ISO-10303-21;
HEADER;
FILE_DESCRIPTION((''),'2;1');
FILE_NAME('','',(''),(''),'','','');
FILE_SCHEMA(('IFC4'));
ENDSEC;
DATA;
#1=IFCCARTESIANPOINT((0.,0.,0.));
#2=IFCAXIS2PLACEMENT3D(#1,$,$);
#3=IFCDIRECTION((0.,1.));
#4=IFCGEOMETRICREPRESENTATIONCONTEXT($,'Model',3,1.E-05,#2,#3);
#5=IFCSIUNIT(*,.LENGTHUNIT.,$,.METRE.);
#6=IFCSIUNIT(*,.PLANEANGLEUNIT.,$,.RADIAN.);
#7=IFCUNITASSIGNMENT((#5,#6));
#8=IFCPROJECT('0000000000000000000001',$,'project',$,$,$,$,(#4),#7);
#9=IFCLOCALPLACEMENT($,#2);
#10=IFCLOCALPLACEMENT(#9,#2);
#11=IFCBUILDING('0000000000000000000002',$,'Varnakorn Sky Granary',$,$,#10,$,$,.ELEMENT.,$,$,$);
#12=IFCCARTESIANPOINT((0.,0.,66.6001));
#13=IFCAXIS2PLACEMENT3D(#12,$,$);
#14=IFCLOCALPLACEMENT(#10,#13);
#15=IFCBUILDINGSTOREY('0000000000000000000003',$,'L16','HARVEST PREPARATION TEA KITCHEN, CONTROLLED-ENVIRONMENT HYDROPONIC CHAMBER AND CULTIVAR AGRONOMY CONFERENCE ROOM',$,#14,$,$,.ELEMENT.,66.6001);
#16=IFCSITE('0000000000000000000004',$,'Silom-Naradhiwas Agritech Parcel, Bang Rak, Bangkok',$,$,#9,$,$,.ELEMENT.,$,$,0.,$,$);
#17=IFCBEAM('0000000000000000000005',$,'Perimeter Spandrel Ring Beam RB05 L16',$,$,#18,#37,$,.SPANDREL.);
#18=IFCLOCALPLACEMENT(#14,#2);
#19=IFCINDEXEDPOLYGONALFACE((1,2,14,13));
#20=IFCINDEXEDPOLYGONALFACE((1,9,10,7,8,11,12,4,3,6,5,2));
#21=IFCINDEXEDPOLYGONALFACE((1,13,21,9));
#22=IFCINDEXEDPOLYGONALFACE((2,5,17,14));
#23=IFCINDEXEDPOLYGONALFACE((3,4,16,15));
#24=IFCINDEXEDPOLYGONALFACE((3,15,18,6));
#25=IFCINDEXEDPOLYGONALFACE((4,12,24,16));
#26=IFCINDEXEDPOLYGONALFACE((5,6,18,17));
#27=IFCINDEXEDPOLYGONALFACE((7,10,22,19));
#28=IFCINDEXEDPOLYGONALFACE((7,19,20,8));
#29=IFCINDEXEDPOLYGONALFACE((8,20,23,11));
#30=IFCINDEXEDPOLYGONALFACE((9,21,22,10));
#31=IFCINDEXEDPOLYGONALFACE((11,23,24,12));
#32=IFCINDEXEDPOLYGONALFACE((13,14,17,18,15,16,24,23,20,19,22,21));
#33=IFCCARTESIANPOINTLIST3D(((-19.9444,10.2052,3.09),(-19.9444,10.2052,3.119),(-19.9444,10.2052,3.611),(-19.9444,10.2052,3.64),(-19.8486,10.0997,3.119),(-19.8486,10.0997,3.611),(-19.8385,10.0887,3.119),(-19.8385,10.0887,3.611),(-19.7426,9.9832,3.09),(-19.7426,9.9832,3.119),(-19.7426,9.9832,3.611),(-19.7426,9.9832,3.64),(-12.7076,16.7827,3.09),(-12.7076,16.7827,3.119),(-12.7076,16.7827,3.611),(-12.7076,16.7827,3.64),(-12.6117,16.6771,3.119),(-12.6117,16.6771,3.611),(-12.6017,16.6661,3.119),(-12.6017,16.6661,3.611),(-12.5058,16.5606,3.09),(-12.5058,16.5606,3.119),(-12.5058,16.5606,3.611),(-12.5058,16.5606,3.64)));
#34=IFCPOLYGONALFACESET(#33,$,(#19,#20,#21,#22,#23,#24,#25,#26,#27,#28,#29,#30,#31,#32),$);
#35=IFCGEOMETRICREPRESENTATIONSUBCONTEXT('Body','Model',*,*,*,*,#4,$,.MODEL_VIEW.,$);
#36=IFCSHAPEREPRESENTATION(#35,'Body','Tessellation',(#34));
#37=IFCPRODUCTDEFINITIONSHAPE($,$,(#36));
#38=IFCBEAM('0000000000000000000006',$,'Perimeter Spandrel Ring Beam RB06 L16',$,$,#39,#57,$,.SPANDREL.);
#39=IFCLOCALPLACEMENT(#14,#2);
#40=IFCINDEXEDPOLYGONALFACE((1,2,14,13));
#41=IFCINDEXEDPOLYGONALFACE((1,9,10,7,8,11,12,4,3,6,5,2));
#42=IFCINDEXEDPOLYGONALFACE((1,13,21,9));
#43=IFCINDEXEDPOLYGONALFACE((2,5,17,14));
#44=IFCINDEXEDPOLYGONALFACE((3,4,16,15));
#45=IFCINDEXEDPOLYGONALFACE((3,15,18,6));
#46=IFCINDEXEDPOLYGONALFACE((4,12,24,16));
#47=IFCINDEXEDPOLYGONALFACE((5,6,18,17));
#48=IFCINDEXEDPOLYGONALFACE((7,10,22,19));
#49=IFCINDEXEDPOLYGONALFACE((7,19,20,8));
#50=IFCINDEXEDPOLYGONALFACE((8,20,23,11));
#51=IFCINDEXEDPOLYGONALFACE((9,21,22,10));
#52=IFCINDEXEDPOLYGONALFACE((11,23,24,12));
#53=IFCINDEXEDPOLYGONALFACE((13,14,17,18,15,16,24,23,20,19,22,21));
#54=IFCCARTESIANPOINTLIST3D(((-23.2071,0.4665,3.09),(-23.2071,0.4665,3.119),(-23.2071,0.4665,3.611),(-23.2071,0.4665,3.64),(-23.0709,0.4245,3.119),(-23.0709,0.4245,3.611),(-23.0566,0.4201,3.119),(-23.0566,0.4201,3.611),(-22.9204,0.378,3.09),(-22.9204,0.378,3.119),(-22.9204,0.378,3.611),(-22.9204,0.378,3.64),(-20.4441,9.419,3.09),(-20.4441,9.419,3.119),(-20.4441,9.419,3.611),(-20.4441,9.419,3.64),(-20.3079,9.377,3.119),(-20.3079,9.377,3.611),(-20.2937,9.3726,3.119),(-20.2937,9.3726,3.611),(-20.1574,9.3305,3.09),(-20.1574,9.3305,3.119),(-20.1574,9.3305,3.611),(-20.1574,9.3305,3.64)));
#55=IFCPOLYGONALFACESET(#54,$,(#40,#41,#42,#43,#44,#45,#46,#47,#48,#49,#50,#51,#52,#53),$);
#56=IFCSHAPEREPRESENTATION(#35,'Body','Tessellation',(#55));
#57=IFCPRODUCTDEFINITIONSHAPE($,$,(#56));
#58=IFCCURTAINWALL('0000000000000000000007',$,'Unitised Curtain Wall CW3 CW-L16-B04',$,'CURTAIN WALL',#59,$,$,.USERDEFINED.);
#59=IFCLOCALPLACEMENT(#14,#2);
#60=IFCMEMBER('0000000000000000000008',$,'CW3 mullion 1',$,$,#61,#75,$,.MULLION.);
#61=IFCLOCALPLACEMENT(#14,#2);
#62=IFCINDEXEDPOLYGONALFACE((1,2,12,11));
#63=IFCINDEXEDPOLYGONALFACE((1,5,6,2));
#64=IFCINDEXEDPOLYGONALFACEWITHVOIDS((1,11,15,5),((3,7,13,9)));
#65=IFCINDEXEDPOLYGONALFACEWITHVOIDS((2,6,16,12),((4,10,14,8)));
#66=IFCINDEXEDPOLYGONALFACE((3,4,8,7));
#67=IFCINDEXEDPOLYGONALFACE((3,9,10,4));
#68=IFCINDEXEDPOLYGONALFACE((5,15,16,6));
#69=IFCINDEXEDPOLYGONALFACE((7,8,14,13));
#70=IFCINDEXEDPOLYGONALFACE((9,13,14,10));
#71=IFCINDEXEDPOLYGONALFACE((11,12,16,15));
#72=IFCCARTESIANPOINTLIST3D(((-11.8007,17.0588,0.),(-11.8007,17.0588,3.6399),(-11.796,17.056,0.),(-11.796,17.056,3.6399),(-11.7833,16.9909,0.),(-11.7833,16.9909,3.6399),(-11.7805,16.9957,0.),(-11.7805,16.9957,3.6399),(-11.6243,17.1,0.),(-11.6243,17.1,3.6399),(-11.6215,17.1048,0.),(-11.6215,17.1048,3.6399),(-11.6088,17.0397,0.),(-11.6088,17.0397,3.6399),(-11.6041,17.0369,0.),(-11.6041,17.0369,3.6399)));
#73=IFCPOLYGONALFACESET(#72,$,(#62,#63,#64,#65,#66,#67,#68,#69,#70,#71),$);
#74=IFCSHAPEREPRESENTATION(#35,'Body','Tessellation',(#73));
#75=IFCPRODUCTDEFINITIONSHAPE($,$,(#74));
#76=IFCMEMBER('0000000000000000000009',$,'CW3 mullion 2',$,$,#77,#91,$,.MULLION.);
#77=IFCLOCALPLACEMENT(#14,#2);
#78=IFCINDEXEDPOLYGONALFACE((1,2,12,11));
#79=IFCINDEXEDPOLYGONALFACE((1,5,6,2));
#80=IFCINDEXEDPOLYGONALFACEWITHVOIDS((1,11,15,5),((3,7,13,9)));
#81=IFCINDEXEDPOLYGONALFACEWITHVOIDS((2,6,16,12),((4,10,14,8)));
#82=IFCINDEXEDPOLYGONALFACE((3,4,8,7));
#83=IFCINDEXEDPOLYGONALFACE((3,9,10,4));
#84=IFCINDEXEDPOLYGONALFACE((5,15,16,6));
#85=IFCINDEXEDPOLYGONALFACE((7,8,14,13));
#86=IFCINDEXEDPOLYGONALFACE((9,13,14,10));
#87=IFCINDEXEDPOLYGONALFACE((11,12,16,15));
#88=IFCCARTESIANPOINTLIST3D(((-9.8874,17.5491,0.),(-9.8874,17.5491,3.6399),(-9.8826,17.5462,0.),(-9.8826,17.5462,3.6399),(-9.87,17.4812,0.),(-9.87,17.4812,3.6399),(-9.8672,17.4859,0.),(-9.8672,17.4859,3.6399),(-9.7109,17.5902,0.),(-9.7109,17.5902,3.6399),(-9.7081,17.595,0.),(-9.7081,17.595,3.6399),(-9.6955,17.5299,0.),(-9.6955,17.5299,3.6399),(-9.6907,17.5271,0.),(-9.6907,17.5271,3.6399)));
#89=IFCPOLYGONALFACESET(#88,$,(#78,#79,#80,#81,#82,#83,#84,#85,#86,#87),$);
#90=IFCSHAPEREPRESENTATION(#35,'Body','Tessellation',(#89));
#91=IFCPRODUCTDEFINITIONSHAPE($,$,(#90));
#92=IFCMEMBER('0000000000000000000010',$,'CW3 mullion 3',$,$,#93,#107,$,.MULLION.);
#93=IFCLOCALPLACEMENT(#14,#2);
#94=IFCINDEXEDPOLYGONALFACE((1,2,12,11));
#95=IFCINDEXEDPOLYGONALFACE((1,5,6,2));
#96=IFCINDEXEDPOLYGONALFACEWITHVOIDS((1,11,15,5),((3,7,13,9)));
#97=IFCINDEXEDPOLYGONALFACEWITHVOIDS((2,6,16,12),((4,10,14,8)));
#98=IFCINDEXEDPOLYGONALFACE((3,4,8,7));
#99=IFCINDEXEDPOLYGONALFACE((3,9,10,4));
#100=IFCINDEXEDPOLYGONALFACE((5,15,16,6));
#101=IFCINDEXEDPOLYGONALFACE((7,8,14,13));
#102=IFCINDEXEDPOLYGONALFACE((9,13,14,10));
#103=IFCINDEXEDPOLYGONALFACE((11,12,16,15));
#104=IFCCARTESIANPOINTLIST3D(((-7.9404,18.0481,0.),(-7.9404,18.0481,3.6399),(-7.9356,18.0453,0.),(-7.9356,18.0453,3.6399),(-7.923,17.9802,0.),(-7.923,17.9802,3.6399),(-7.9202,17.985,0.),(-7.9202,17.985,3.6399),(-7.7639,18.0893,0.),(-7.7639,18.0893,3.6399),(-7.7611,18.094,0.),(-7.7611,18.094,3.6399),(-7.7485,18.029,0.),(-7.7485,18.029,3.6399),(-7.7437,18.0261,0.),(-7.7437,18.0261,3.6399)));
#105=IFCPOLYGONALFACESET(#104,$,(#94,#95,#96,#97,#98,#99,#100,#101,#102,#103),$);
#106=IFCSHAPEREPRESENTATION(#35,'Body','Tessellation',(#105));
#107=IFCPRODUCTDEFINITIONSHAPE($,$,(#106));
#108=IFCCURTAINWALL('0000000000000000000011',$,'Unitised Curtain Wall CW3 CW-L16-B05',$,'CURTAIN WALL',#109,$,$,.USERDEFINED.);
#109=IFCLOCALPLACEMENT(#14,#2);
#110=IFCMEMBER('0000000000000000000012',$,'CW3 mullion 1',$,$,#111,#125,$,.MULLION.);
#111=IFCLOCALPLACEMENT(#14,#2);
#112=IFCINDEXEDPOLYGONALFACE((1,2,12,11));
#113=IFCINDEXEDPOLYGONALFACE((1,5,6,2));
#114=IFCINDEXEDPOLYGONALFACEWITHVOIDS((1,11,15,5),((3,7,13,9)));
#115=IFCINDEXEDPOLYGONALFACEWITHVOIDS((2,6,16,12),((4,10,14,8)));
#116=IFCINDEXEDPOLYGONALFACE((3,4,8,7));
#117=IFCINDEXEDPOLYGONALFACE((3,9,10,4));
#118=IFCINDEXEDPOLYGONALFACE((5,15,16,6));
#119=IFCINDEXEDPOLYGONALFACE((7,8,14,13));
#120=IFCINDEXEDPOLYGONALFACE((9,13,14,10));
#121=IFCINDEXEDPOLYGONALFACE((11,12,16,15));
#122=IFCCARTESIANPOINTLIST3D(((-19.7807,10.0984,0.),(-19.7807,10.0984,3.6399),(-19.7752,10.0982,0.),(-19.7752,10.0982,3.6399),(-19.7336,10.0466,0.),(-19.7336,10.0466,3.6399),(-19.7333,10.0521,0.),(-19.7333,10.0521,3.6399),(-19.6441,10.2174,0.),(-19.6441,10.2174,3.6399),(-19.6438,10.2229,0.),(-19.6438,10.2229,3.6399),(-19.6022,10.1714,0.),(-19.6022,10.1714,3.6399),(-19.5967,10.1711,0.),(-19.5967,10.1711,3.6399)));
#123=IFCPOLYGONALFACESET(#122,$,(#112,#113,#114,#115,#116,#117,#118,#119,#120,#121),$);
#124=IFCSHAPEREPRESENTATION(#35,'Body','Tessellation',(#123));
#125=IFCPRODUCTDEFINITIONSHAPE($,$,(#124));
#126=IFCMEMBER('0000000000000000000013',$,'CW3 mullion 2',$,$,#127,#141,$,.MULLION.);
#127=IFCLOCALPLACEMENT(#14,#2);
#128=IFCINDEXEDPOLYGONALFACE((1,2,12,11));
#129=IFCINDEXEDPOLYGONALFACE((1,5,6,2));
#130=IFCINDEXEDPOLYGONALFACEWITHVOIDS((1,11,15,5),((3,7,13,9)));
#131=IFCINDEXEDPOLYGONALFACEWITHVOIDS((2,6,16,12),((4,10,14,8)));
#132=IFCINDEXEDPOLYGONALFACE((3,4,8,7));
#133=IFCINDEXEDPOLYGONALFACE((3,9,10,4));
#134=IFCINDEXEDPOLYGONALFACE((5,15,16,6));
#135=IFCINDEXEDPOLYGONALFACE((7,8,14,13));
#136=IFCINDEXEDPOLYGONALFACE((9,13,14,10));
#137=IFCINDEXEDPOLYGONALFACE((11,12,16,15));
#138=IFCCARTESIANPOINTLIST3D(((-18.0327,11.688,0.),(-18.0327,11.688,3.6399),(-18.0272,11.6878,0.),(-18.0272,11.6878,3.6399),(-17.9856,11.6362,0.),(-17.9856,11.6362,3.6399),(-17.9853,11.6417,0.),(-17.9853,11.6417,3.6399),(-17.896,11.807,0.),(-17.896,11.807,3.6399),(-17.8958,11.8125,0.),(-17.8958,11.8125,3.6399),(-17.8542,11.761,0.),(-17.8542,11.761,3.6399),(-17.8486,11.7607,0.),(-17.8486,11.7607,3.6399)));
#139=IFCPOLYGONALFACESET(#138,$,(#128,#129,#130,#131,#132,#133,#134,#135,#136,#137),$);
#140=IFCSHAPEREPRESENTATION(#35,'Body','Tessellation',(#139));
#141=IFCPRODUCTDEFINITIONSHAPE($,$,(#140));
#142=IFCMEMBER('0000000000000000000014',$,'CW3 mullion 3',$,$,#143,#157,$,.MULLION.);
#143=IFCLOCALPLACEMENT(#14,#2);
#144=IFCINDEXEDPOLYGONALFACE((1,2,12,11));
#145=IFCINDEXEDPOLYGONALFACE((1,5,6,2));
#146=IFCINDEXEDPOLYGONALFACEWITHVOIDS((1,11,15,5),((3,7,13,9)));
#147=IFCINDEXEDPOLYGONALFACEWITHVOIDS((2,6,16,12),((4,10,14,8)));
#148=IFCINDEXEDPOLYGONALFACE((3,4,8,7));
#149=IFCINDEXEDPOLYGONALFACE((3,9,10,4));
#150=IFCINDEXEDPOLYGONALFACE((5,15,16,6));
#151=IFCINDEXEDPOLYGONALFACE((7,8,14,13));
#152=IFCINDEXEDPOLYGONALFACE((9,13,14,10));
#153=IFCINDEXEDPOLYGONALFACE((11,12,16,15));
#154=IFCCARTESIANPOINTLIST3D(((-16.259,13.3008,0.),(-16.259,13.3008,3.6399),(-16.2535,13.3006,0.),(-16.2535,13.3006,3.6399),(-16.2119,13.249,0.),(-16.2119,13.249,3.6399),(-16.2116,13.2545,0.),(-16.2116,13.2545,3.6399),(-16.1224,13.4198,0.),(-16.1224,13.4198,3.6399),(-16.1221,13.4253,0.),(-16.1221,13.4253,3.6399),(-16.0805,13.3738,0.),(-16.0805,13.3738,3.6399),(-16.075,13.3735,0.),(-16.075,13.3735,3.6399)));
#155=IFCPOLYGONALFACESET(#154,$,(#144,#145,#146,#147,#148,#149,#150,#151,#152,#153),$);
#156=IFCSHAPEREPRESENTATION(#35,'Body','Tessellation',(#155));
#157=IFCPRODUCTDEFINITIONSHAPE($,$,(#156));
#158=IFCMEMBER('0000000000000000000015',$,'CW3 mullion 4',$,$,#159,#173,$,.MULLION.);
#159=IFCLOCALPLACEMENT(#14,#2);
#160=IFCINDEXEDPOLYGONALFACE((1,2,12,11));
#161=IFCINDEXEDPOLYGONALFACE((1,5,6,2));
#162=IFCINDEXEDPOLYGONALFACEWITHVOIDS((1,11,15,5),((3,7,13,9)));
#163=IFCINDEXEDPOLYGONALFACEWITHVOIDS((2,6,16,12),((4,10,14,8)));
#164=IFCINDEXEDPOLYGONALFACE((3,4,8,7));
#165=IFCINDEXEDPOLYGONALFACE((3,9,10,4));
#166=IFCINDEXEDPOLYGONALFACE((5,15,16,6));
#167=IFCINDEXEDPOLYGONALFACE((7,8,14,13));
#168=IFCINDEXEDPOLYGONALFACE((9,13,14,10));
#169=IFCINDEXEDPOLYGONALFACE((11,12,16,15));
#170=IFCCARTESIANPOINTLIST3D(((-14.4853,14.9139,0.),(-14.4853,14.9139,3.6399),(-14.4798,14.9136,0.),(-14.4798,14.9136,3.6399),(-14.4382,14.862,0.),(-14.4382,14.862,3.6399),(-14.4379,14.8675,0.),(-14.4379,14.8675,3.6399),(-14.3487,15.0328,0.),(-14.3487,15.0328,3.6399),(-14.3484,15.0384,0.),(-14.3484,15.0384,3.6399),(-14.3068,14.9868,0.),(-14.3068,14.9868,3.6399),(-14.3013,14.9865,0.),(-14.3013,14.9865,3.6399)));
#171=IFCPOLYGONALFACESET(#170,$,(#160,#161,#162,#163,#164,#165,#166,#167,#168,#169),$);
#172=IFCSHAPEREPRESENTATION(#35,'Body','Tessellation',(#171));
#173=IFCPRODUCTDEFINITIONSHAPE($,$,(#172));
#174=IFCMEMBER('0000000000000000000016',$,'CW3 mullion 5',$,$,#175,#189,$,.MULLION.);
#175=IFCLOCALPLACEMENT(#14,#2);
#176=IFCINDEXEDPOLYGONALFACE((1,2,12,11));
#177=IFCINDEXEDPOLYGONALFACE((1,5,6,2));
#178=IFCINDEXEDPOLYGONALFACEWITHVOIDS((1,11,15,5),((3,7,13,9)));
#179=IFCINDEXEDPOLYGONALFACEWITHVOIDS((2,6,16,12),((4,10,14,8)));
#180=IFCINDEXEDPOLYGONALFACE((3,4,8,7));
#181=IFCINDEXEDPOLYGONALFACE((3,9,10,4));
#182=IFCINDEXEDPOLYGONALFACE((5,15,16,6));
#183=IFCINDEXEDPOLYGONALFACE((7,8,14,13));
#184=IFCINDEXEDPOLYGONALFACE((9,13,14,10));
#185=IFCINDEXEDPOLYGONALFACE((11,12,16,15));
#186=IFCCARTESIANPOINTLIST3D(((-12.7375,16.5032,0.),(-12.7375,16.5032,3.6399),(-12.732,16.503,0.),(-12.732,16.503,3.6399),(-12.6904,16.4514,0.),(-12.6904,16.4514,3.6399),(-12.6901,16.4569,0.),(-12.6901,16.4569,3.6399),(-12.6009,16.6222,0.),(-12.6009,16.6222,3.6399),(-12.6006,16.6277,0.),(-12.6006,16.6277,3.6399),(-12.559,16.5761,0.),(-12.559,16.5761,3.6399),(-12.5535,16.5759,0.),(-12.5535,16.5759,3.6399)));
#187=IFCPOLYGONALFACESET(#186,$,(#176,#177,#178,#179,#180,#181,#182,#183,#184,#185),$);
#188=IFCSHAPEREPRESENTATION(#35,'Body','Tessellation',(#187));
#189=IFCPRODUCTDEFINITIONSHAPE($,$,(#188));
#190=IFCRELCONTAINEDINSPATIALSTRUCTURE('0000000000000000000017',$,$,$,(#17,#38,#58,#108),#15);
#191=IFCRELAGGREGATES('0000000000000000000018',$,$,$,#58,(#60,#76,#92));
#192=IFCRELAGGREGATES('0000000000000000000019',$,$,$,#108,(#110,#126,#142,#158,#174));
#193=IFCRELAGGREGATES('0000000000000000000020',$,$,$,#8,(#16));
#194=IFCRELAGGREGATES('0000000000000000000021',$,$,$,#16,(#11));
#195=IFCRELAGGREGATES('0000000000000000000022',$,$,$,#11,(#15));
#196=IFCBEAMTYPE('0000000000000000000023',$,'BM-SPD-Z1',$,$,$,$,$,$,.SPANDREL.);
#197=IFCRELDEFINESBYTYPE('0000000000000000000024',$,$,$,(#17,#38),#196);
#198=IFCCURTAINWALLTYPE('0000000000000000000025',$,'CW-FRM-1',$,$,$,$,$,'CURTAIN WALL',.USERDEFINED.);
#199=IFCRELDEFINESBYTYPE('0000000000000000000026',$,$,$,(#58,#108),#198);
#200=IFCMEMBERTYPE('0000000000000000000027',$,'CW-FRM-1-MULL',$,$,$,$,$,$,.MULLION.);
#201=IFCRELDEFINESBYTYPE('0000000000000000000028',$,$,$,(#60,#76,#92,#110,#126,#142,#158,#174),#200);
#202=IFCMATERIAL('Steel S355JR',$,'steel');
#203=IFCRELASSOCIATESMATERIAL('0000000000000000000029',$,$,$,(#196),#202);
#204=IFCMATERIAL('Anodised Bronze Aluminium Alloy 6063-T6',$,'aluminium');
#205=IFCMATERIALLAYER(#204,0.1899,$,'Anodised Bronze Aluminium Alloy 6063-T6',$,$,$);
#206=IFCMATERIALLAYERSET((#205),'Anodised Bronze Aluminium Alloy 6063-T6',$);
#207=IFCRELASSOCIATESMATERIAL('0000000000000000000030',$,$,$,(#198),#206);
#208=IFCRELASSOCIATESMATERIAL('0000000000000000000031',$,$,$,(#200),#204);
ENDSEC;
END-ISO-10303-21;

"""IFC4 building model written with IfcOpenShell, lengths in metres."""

from ifc_helpers import new_model, si_unit, direction, frame, origin, origin_2d, place, context, subcontext, project, spatial, hollow_rectangle, i_section, extrude, material, layer, layer_set, material_profile, profile_set, type_object, element, aggregate, save


model = new_model("IFC4")

# Units and contexts
model_context = context("Model", 3, precision=1e-05, world=origin(), true_north=direction((0.0, 1.0)))
body_context = subcontext(model_context, "Body", "Model", "MODEL_VIEW")
ifc_project = project(units=[si_unit("LENGTHUNIT", "METRE"), si_unit("PLANEANGLEUNIT", "RADIAN")], contexts=[model_context])

# Site, building, storey
site_placement = place(None, origin())
site = spatial("IfcSite", under=ifc_project, at=site_placement, Name="Silom-Naradhiwas Agritech Parcel, Bang Rak, Bangkok", CompositionType="ELEMENT", RefElevation=0.0)
building_placement = place(site_placement, origin())
building = spatial("IfcBuilding", under=site, at=building_placement, Name="Varnakorn Sky Granary", CompositionType="ELEMENT")
storey_placement = place(building_placement, frame((0.0, 0.0, 66.6001)))
storey = spatial("IfcBuildingStorey", under=building, at=storey_placement, Name="L16", Description="HARVEST PREPARATION TEA KITCHEN, CONTROLLED-ENVIRONMENT HYDROPONIC CHAMBER AND CULTIVAR AGRONOMY CONFERENCE ROOM", CompositionType="ELEMENT", Elevation=66.6001)

# Beams
ifc_material_1 = material(Name="Steel S355JR", Category="steel")
ifc_material_profile_1 = material_profile(ifc_material_1, i_section(OverallWidth=0.3, OverallDepth=0.55, WebThickness=0.0149, FlangeThickness=0.0291, at=origin_2d()), Name="HE 550 B")
ifc_profile_set_1 = profile_set([ifc_material_profile_1], Name="Steel S355JR")
beam_type_1 = type_object("IfcBeamType", Name="BM-SPD-Z1", PredefinedType="SPANDREL", material=ifc_profile_set_1)
beam_1_placement = place(storey_placement, frame((-12.6067, 16.6716, 3.365), z_axis=(-0.740018, -0.672587, 0.0), x_axis=(0.672587, -0.740018, 0.0)))
element("IfcBeam", 1, at=beam_1_placement, inside=storey, type_object=beam_type_1, Name="Perimeter Spandrel Ring Beam RB05 L16", PredefinedType="SPANDREL", context=body_context, shape_type="SweptSolid", body=[
    extrude(i_section(OverallWidth=0.3, OverallDepth=0.55, WebThickness=0.0149, FlangeThickness=0.0291, at=origin_2d()), origin(), (0.0, 0.0, 1.0), 9.7793),
])
beam_2_placement = place(storey_placement, frame((-20.3008, 9.3748, 3.365), z_axis=(-0.294901, -0.955528, 0.0), x_axis=(0.955528, -0.294901, 0.0)))
element("IfcBeam", 2, at=beam_2_placement, inside=storey, type_object=beam_type_1, Name="Perimeter Spandrel Ring Beam RB06 L16", PredefinedType="SPANDREL", context=body_context, shape_type="SweptSolid", body=[
    extrude(i_section(OverallWidth=0.3, OverallDepth=0.55, WebThickness=0.0149, FlangeThickness=0.0291, at=origin_2d()), origin(), (0.0, 0.0, 1.0), 9.3691),
])

# Curtain walls, members
ifc_material_2 = material(Name="Anodised Bronze Aluminium Alloy 6063-T6", Category="aluminium")
ifc_layer_1 = layer(ifc_material_2, 0.1899, Name="Anodised Bronze Aluminium Alloy 6063-T6")
ifc_layer_set_1 = layer_set([ifc_layer_1], Name="Anodised Bronze Aluminium Alloy 6063-T6")
curtain_wall_type = type_object("IfcCurtainWallType", Name="CW-FRM-1", ElementType="CURTAIN WALL", PredefinedType="USERDEFINED", material=ifc_layer_set_1)
curtain_wall_1_placement = place(storey_placement, origin())
curtain_wall_1 = element("IfcCurtainWall", 3, at=curtain_wall_1_placement, inside=storey, type_object=curtain_wall_type, Name="Unitised Curtain Wall CW3 CW-L16-B04", ObjectType="CURTAIN WALL", PredefinedType="USERDEFINED")
ifc_material_profile_2 = material_profile(ifc_material_2, hollow_rectangle(XDim=0.0701, YDim=0.1851, WallThickness=0.0039, at=origin_2d()), Name="ALU MULL 70x185")
ifc_profile_set_2 = profile_set([ifc_material_profile_2], Name="Anodised Bronze Aluminium Alloy 6063-T6")
member_type_1 = type_object("IfcMemberType", Name="CW-FRM-1-MULL", PredefinedType="MULLION", material=ifc_profile_set_2)
member_1_placement = place(storey_placement, frame((-11.7024, 17.0479, 0.0), z_axis=(0.0, 0.0, 1.0), x_axis=(-0.248211, 0.968706, 0.0)))
member_1 = element("IfcMember", 4, at=member_1_placement, type_object=member_type_1, Name="CW3 mullion 1", PredefinedType="MULLION", context=body_context, shape_type="SweptSolid", body=[
    extrude(hollow_rectangle(XDim=0.0701, YDim=0.1851, WallThickness=0.0039, at=origin_2d()), origin(), (0.0, 0.0, 1.0), 3.6399),
])
member_2_placement = place(storey_placement, frame((-9.7891, 17.5381, 0.0), z_axis=(0.0, 0.0, 1.0), x_axis=(-0.248211, 0.968706, 0.0)))
member_2 = element("IfcMember", 5, at=member_2_placement, type_object=member_type_1, Name="CW3 mullion 2", PredefinedType="MULLION", context=body_context, shape_type="SweptSolid", body=[
    extrude(hollow_rectangle(XDim=0.0701, YDim=0.1851, WallThickness=0.0039, at=origin_2d()), origin(), (0.0, 0.0, 1.0), 3.6399),
])
member_3_placement = place(storey_placement, frame((-7.842, 18.0371, 0.0), z_axis=(0.0, 0.0, 1.0), x_axis=(-0.248211, 0.968706, 0.0)))
member_3 = element("IfcMember", 6, at=member_3_placement, type_object=member_type_1, Name="CW3 mullion 3", PredefinedType="MULLION", context=body_context, shape_type="SweptSolid", body=[
    extrude(hollow_rectangle(XDim=0.0701, YDim=0.1851, WallThickness=0.0039, at=origin_2d()), origin(), (0.0, 0.0, 1.0), 3.6399),
])
curtain_wall_2_placement = place(storey_placement, origin())
curtain_wall_2 = element("IfcCurtainWall", 7, at=curtain_wall_2_placement, inside=storey, type_object=curtain_wall_type, Name="Unitised Curtain Wall CW3 CW-L16-B05", ObjectType="CURTAIN WALL", PredefinedType="USERDEFINED")
member_4_placement = place(storey_placement, frame((-19.6887, 10.1348, 0.0), z_axis=(0.0, 0.0, 1.0), x_axis=(-0.672776, 0.739847, 0.0)))
member_4 = element("IfcMember", 8, at=member_4_placement, type_object=member_type_1, Name="CW3 mullion 1", PredefinedType="MULLION", context=body_context, shape_type="SweptSolid", body=[
    extrude(hollow_rectangle(XDim=0.0701, YDim=0.1851, WallThickness=0.0039, at=origin_2d()), origin(), (0.0, 0.0, 1.0), 3.6399),
])
member_5_placement = place(storey_placement, frame((-17.9407, 11.7244, 0.0), z_axis=(0.0, 0.0, 1.0), x_axis=(-0.672776, 0.739847, 0.0)))
member_5 = element("IfcMember", 9, at=member_5_placement, type_object=member_type_1, Name="CW3 mullion 2", PredefinedType="MULLION", context=body_context, shape_type="SweptSolid", body=[
    extrude(hollow_rectangle(XDim=0.0701, YDim=0.1851, WallThickness=0.0039, at=origin_2d()), origin(), (0.0, 0.0, 1.0), 3.6399),
])
member_6_placement = place(storey_placement, frame((-16.167, 13.3372, 0.0), z_axis=(0.0, 0.0, 1.0), x_axis=(-0.672776, 0.739847, 0.0)))
member_6 = element("IfcMember", 10, at=member_6_placement, type_object=member_type_1, Name="CW3 mullion 3", PredefinedType="MULLION", context=body_context, shape_type="SweptSolid", body=[
    extrude(hollow_rectangle(XDim=0.0701, YDim=0.1851, WallThickness=0.0039, at=origin_2d()), origin(), (0.0, 0.0, 1.0), 3.6399),
])
member_7_placement = place(storey_placement, frame((-14.3933, 14.9502, 0.0), z_axis=(0.0, 0.0, 1.0), x_axis=(-0.672776, 0.739847, 0.0)))
member_7 = element("IfcMember", 11, at=member_7_placement, type_object=member_type_1, Name="CW3 mullion 4", PredefinedType="MULLION", context=body_context, shape_type="SweptSolid", body=[
    extrude(hollow_rectangle(XDim=0.0701, YDim=0.1851, WallThickness=0.0039, at=origin_2d()), origin(), (0.0, 0.0, 1.0), 3.6399),
])
member_8_placement = place(storey_placement, frame((-12.6455, 16.5396, 0.0), z_axis=(0.0, 0.0, 1.0), x_axis=(-0.672776, 0.739847, 0.0)))
member_8 = element("IfcMember", 12, at=member_8_placement, type_object=member_type_1, Name="CW3 mullion 5", PredefinedType="MULLION", context=body_context, shape_type="SweptSolid", body=[
    extrude(hollow_rectangle(XDim=0.0701, YDim=0.1851, WallThickness=0.0039, at=origin_2d()), origin(), (0.0, 0.0, 1.0), 3.6399),
])

aggregate(curtain_wall_1, [member_1, member_2, member_3])
aggregate(curtain_wall_2, [member_4, member_5, member_6, member_7, member_8])

save(model, "model.ifc")
